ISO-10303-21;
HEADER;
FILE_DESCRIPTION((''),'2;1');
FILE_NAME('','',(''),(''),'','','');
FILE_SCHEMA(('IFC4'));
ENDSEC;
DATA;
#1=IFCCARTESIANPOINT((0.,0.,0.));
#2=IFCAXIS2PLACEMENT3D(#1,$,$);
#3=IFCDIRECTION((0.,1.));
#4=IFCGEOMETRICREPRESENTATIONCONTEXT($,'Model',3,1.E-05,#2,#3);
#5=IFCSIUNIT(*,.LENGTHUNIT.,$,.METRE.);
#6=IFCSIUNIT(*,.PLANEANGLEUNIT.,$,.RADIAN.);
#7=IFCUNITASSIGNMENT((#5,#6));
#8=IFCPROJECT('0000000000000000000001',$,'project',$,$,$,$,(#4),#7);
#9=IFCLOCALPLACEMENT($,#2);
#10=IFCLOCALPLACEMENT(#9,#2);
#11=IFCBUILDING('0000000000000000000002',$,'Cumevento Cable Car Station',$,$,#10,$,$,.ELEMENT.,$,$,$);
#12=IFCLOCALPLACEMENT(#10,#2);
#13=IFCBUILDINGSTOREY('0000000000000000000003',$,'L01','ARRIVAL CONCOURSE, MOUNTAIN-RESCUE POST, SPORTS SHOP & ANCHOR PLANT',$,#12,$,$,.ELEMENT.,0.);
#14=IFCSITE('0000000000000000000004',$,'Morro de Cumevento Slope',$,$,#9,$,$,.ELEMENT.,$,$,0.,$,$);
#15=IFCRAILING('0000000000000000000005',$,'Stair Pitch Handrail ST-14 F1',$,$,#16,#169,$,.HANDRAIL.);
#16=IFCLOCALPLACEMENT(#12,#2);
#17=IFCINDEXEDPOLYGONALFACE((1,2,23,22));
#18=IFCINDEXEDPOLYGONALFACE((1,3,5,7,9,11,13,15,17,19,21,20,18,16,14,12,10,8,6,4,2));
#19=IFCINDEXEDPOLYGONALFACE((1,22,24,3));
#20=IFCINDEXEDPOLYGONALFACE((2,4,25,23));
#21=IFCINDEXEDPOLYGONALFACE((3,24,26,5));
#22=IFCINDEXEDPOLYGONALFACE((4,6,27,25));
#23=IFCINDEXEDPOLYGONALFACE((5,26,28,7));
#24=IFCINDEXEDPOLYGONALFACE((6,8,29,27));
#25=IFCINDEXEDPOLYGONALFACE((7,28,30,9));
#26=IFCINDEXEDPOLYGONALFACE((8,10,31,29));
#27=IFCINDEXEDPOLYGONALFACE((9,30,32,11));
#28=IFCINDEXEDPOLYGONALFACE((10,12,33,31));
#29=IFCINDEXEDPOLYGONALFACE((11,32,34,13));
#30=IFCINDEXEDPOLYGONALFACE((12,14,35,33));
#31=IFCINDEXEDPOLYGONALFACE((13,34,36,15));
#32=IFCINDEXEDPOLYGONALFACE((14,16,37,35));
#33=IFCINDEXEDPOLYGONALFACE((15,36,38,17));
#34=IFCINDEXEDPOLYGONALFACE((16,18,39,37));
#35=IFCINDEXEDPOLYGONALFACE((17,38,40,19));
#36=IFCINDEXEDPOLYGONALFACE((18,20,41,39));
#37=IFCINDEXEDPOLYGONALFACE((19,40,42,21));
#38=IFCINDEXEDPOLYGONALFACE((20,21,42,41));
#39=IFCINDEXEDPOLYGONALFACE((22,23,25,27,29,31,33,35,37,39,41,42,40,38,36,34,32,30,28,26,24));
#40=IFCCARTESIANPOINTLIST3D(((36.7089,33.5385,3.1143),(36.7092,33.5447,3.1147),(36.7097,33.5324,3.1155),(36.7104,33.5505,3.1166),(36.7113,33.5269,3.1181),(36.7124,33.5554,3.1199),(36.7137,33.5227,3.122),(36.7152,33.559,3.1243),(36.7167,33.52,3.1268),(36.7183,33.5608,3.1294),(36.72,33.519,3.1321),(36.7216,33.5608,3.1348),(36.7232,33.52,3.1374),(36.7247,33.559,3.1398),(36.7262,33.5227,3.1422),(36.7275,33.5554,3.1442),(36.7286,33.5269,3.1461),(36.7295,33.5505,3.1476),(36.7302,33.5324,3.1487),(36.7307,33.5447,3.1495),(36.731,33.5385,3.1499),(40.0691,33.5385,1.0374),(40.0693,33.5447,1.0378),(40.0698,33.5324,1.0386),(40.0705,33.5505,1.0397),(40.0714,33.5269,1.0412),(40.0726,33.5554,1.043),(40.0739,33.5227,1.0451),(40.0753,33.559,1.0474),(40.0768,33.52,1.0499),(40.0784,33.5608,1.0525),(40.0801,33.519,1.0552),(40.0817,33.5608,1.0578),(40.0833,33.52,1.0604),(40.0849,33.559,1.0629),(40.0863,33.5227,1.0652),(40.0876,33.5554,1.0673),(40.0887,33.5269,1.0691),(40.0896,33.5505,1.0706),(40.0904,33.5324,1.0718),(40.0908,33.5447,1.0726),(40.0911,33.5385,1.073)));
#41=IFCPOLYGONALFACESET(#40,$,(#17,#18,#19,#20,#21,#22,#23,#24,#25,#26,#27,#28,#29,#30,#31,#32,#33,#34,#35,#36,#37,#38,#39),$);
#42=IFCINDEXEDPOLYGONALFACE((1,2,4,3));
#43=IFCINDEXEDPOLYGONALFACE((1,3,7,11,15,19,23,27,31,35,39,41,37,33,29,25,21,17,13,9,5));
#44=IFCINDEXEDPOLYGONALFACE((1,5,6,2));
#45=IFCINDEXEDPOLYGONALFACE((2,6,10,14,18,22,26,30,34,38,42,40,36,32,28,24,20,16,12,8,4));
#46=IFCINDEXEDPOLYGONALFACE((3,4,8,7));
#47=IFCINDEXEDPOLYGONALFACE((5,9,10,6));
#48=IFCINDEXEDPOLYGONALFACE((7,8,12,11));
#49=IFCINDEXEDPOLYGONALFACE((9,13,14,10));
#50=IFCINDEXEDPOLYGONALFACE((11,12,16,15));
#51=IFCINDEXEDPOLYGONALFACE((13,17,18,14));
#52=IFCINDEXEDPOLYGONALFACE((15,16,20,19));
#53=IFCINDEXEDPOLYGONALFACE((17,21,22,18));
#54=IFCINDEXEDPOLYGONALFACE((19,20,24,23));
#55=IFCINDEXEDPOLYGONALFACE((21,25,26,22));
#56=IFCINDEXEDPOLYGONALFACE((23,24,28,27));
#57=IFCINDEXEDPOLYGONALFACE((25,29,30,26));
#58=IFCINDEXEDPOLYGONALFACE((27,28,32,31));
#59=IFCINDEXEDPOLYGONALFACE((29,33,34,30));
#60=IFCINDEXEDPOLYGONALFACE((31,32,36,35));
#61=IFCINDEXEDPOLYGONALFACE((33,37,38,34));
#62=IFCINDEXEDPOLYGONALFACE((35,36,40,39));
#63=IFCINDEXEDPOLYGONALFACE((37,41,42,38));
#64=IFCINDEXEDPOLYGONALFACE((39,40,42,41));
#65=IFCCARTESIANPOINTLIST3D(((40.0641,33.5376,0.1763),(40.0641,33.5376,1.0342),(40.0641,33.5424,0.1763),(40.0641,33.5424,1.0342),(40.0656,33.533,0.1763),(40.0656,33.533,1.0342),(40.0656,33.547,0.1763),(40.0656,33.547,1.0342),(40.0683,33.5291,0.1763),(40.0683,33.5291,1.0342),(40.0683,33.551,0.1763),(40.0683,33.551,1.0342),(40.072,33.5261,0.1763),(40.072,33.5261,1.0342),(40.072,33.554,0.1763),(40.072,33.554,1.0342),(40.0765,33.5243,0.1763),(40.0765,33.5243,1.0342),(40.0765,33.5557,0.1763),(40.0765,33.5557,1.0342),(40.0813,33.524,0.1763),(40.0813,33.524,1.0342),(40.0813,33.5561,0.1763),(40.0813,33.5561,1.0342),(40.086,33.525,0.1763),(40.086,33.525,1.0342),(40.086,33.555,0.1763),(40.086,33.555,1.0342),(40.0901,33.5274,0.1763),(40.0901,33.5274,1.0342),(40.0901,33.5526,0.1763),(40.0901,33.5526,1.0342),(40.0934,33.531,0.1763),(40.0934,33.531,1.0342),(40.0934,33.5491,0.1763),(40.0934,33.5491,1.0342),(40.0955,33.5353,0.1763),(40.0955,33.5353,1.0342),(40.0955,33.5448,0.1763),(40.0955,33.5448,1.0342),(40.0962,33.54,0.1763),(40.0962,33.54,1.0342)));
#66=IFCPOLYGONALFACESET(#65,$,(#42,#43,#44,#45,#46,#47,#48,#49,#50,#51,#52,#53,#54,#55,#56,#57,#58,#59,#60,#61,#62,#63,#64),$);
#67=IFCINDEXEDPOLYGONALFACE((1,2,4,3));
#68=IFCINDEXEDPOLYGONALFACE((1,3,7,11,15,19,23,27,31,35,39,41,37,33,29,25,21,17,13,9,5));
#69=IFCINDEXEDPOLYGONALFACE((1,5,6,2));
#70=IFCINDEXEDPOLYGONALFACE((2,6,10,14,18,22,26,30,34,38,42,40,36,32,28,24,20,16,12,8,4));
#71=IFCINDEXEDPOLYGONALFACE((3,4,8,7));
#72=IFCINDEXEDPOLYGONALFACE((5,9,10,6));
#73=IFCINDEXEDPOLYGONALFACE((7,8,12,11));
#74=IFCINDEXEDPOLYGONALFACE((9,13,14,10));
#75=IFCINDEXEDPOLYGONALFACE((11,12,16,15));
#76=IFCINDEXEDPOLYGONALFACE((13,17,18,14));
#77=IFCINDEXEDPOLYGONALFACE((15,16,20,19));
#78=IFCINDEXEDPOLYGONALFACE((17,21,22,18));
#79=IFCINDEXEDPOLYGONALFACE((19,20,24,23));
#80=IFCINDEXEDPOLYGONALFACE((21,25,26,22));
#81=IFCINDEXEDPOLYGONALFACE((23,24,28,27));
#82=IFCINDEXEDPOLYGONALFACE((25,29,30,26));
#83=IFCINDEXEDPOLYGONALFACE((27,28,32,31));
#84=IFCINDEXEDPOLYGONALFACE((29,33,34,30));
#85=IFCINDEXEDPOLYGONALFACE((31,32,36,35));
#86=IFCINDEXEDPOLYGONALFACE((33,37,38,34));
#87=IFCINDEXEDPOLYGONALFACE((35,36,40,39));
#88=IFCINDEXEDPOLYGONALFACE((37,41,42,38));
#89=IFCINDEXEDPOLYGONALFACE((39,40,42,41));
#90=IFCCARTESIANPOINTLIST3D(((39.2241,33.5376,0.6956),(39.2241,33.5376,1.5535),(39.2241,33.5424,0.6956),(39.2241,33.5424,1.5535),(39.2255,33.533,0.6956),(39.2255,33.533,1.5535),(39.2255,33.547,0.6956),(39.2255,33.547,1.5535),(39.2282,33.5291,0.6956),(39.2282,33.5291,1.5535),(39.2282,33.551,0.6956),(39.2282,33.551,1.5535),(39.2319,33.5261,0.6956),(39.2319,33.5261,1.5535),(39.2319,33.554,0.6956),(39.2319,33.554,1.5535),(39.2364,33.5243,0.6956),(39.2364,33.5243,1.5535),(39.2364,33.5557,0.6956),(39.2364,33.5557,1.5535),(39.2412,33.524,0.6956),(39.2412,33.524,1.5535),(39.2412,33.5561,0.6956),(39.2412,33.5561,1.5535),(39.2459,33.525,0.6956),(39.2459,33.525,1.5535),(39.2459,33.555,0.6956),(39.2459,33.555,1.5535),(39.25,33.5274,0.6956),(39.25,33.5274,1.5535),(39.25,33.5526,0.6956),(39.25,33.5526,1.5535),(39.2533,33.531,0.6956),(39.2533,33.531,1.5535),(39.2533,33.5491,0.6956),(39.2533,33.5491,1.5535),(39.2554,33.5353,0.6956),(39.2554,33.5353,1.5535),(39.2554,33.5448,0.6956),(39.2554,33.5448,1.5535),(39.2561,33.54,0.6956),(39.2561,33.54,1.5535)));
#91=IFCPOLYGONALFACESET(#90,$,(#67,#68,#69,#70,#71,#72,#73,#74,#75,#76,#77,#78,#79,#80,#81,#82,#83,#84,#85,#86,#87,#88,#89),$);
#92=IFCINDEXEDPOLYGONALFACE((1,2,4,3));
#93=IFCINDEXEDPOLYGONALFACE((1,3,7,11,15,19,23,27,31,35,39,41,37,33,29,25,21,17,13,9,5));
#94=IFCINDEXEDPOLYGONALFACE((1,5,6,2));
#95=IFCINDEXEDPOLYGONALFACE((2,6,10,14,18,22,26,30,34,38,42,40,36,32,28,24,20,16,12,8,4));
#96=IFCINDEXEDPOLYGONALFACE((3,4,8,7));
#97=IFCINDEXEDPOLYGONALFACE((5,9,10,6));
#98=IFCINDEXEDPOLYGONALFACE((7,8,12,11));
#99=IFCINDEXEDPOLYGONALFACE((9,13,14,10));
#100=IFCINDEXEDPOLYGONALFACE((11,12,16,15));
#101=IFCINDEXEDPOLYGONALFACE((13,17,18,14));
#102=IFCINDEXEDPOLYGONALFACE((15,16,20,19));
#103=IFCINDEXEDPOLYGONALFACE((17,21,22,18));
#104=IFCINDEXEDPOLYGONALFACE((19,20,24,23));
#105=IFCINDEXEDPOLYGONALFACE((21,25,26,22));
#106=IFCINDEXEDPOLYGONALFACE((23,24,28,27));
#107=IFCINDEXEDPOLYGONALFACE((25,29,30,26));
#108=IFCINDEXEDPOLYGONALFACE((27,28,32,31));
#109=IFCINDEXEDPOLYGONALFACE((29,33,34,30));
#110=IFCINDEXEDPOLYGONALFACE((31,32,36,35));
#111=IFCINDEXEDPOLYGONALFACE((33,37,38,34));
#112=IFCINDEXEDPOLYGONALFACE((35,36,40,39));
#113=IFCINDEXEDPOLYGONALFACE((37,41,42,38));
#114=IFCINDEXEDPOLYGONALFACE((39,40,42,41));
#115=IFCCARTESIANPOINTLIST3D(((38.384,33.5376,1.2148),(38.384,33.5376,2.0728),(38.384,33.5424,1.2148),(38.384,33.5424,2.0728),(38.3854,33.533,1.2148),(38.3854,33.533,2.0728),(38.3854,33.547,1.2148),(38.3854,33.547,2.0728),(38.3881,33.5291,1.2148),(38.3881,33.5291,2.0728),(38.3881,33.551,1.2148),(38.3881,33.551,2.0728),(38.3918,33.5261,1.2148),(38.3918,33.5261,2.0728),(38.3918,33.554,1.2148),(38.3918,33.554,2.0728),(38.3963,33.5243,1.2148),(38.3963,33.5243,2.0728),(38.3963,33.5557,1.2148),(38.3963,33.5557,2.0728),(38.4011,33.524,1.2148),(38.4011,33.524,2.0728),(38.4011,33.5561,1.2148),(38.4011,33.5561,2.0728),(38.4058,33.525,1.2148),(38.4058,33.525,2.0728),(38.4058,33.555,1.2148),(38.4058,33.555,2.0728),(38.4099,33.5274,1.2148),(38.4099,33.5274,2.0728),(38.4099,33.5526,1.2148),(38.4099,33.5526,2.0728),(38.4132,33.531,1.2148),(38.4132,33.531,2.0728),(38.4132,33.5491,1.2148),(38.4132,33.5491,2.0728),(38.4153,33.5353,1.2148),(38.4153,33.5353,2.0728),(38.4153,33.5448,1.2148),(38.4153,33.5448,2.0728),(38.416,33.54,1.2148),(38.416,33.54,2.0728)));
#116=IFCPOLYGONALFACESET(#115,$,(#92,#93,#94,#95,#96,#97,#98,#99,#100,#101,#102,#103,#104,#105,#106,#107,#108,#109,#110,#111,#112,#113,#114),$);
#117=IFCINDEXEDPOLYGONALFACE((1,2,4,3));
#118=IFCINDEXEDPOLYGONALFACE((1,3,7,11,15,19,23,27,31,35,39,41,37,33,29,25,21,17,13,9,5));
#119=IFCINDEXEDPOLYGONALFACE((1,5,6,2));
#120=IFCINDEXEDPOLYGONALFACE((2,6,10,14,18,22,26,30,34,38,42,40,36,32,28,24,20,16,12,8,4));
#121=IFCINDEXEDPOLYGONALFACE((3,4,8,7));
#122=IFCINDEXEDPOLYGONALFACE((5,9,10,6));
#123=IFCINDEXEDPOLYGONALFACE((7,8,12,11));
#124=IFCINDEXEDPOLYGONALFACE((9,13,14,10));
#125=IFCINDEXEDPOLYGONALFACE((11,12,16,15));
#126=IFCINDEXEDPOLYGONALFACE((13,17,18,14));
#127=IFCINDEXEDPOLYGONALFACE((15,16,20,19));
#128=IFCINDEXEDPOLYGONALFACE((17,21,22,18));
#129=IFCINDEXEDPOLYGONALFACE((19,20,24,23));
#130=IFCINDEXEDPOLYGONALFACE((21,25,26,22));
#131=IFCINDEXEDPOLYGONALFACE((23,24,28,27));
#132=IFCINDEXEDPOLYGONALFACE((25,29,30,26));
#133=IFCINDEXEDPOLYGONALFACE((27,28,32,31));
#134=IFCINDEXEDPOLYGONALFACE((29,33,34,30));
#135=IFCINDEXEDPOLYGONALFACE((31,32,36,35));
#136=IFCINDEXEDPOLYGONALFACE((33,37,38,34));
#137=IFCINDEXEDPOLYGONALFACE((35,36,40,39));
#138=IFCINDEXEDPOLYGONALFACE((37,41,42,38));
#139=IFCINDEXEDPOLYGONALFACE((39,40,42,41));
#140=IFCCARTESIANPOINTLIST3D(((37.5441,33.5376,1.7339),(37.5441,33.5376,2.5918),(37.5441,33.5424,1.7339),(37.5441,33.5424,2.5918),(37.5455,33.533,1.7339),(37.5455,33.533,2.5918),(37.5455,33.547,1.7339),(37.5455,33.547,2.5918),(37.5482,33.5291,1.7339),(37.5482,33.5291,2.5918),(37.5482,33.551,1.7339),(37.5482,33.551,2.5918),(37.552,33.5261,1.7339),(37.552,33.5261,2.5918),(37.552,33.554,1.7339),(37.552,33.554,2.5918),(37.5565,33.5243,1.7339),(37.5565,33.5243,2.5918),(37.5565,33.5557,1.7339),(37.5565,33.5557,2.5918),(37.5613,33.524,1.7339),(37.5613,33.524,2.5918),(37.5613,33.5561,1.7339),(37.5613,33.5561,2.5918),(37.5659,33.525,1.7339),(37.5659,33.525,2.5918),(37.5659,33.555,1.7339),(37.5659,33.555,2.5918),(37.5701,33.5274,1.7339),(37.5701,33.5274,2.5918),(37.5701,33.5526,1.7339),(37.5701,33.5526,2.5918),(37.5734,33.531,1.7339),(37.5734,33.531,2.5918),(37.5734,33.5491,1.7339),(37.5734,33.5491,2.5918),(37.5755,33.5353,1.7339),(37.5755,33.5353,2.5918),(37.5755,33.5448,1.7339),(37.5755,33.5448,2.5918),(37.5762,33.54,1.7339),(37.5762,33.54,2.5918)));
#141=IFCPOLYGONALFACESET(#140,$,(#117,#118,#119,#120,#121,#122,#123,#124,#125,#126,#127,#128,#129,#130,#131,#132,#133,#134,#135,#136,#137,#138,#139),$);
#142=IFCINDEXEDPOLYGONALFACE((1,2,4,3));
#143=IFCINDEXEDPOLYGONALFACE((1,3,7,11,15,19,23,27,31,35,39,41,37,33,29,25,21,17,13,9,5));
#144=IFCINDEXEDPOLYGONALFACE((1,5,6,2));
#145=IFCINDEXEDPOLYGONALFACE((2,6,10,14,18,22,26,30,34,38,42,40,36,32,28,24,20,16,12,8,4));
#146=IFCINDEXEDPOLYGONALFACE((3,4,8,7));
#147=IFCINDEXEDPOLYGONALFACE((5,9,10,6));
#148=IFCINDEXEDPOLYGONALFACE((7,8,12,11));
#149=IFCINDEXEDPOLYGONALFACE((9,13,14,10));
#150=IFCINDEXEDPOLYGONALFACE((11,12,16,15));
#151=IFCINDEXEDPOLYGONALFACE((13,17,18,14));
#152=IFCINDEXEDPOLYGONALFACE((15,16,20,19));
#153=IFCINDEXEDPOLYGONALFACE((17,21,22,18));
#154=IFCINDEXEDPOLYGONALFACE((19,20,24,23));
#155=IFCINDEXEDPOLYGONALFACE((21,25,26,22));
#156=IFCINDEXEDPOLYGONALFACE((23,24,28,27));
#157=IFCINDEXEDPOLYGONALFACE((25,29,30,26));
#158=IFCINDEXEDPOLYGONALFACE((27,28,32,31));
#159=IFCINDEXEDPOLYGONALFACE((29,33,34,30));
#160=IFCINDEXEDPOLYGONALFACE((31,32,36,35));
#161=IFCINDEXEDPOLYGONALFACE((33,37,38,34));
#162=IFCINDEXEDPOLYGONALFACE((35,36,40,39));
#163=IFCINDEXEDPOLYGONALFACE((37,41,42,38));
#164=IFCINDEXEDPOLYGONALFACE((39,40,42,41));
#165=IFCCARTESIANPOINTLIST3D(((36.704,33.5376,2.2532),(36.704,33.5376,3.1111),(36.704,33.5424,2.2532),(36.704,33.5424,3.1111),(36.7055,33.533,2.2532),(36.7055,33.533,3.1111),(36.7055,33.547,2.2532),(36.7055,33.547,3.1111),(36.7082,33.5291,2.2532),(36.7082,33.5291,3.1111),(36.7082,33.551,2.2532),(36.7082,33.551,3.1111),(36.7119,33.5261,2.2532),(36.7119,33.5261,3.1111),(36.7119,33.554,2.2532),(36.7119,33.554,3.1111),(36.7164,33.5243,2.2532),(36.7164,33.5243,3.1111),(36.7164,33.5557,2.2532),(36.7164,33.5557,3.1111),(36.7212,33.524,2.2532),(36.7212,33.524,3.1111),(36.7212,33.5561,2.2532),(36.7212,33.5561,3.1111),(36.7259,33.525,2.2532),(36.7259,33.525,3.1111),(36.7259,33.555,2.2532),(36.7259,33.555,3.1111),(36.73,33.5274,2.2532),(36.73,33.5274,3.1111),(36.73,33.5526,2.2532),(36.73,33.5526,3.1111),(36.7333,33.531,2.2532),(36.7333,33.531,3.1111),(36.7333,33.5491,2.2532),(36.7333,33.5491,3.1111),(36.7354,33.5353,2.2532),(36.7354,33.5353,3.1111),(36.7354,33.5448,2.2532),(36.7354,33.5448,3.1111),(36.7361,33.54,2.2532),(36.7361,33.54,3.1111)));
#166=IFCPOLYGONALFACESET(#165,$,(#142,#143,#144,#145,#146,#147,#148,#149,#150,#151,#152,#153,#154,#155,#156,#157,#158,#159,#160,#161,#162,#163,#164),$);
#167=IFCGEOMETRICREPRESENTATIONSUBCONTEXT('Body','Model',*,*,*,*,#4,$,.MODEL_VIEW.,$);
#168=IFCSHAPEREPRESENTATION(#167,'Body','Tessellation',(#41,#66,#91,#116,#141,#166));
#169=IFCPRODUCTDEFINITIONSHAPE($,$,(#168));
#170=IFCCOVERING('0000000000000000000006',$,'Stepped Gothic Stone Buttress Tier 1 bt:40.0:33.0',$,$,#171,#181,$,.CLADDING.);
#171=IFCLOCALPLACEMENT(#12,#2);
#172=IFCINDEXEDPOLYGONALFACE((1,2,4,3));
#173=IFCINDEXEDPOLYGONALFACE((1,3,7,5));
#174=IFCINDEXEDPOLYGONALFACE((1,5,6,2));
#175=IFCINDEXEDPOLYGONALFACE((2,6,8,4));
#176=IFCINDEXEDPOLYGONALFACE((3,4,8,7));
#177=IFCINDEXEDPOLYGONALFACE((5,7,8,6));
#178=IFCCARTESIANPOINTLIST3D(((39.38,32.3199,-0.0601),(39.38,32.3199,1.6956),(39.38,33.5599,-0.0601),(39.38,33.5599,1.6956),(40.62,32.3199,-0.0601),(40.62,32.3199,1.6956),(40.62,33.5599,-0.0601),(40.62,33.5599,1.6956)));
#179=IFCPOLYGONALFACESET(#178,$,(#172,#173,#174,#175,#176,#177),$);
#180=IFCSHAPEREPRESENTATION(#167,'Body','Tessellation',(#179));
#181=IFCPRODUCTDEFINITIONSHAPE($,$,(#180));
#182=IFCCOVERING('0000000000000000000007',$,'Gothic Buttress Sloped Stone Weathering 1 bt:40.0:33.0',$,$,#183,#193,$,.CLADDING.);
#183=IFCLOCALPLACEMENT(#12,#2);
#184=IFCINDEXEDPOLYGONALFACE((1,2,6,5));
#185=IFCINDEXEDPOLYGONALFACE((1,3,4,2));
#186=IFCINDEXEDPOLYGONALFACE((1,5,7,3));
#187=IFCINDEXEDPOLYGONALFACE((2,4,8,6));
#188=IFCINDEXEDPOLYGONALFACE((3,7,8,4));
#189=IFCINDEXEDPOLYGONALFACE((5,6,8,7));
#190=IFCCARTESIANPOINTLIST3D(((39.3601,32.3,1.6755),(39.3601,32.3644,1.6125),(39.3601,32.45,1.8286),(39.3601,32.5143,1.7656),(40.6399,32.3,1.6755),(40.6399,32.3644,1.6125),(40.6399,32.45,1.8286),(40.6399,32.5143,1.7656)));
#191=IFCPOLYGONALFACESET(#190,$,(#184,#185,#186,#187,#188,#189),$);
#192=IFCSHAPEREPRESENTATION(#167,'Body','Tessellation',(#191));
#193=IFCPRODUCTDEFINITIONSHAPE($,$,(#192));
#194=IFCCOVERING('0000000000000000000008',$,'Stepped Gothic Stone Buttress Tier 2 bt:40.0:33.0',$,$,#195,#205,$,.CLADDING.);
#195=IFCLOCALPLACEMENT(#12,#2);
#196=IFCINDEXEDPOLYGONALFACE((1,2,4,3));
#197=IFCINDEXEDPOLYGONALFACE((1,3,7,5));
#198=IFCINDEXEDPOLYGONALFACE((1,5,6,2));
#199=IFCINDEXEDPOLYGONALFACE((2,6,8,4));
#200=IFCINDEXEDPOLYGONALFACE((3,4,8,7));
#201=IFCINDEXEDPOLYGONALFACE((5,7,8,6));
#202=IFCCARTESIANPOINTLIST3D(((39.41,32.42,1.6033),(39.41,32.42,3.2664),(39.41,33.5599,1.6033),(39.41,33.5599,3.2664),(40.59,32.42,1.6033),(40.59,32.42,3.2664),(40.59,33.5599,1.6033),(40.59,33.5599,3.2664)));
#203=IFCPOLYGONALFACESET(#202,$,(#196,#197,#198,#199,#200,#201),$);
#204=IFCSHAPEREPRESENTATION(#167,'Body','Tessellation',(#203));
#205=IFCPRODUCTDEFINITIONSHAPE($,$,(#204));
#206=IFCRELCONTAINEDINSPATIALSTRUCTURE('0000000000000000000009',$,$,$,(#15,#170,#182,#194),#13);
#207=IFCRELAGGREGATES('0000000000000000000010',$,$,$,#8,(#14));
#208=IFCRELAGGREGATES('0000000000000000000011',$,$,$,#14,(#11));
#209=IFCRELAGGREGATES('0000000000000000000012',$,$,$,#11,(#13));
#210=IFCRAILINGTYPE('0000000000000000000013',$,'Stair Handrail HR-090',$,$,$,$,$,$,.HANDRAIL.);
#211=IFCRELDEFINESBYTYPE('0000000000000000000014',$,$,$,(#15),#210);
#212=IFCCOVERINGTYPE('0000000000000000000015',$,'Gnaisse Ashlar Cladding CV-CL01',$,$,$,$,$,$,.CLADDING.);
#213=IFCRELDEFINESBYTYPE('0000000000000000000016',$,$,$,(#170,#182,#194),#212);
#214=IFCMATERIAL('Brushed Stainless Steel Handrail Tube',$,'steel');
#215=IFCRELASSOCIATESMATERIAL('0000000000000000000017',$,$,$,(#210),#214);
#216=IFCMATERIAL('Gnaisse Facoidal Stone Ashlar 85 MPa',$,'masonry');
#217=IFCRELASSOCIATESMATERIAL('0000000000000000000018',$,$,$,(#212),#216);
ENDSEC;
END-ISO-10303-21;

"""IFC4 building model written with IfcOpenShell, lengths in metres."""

from ifc_helpers import new_model, si_unit, direction, frame, origin, origin_2d, place, context, subcontext, project, spatial, polyline, rectangle, circle, outline, extrude, material, type_object, element, save


model = new_model("IFC4")

# Units and contexts
model_context = context("Model", 3, precision=1e-05, world=origin(), true_north=direction((0.0, 1.0)))
body_context = subcontext(model_context, "Body", "Model", "MODEL_VIEW")
ifc_project = project(units=[si_unit("LENGTHUNIT", "METRE"), si_unit("PLANEANGLEUNIT", "RADIAN")], contexts=[model_context])

# Site, building, storey
site_placement = place(None, origin())
site = spatial("IfcSite", under=ifc_project, at=site_placement, Name="Morro de Cumevento Slope", CompositionType="ELEMENT", RefElevation=0.0)
building_placement = place(site_placement, origin())
building = spatial("IfcBuilding", under=site, at=building_placement, Name="Cumevento Cable Car Station", CompositionType="ELEMENT")
storey_placement = place(building_placement, origin())
storey = spatial("IfcBuildingStorey", under=building, at=storey_placement, Name="L01", Description="ARRIVAL CONCOURSE, MOUNTAIN-RESCUE POST, SPORTS SHOP & ANCHOR PLANT", CompositionType="ELEMENT", Elevation=0.0)

# Railing
ifc_material_1 = material(Name="Brushed Stainless Steel Handrail Tube", Category="steel")
railing_type_1 = type_object("IfcRailingType", Name="Stair Handrail HR-090", PredefinedType="HANDRAIL", material=ifc_material_1)
railing_1_placement = place(storey_placement, frame((40.0801, 33.54, 0.1763)))
element("IfcRailing", 1, at=railing_1_placement, inside=storey, type_object=railing_type_1, Name="Stair Pitch Handrail ST-14 F1", PredefinedType="HANDRAIL", context=body_context, shape_type="SweptSolid", body=[
    extrude(circle(Radius=0.021, at=origin_2d()), frame((0.0, 0.0, 0.8789), z_axis=(-0.850623, 0.0, 0.525776), x_axis=(0.0, -1.0, 0.0)), (0.0, 0.0, 1.0), 3.9502),
    extrude(circle(Radius=0.0161, at=origin_2d()), origin(), (0.0, 0.0, 1.0), 0.8579),
    extrude(circle(Radius=0.0161, at=origin_2d()), frame((-0.8401, 0.0, 0.5193)), (0.0, 0.0, 1.0), 0.8579),
    extrude(circle(Radius=0.0161, at=origin_2d()), frame((-1.6802, 0.0, 1.0386)), (0.0, 0.0, 1.0), 0.8579),
    extrude(circle(Radius=0.0161, at=origin_2d()), frame((-2.52, 0.0, 1.5576)), (0.0, 0.0, 1.0), 0.8579),
    extrude(circle(Radius=0.0161, at=origin_2d()), frame((-3.3601, 0.0, 2.0769)), (0.0, 0.0, 1.0), 0.8579),
])

# Coverings
ifc_material_2 = material(Name="Gnaisse Facoidal Stone Ashlar 85 MPa", Category="masonry")
covering_type = type_object("IfcCoveringType", Name="Gnaisse Ashlar Cladding CV-CL01", PredefinedType="CLADDING", material=ifc_material_2)
covering_1_placement = place(storey_placement, frame((40.0, 32.9399, -0.0601), z_axis=(0.0, 0.0, 1.0), x_axis=(1.0, 0.0, 0.0)))
element("IfcCovering", 2, at=covering_1_placement, inside=storey, type_object=covering_type, Name="Stepped Gothic Stone Buttress Tier 1 bt:40.0:33.0", PredefinedType="CLADDING", context=body_context, shape_type="SweptSolid", body=[
    extrude(rectangle(XDim=1.24, YDim=1.24, at=origin_2d()), origin(), (0.0, 0.0, 1.0), 1.7556),
])
covering_2_placement = place(storey_placement, frame((39.3601, 32.3, 1.6755), z_axis=(0.0, -0.714475, 0.699661), x_axis=(1.0, 0.0, 0.0)))
element("IfcCovering", 3, at=covering_2_placement, inside=storey, type_object=covering_type, Name="Gothic Buttress Sloped Stone Weathering 1 bt:40.0:33.0", PredefinedType="CLADDING", context=body_context, shape_type="SweptSolid", body=[
    extrude(outline(polyline([(0.0, 0.0), (1.2798, 0.0), (1.2798, 0.2142), (0.0, 0.2142), (0.0, 0.0)])), origin(), (0.0, 0.0, -1.0), 0.0901),
])
covering_3_placement = place(storey_placement, frame((40.0, 32.99, 1.6033), z_axis=(0.0, 0.0, 1.0), x_axis=(1.0, 0.0, 0.0)))
element("IfcCovering", 4, at=covering_3_placement, inside=storey, type_object=covering_type, Name="Stepped Gothic Stone Buttress Tier 2 bt:40.0:33.0", PredefinedType="CLADDING", context=body_context, shape_type="SweptSolid", body=[
    extrude(rectangle(XDim=1.1799, YDim=1.1399, at=origin_2d()), origin(), (0.0, 0.0, 1.0), 1.6631),
])

save(model, "model.ifc")
